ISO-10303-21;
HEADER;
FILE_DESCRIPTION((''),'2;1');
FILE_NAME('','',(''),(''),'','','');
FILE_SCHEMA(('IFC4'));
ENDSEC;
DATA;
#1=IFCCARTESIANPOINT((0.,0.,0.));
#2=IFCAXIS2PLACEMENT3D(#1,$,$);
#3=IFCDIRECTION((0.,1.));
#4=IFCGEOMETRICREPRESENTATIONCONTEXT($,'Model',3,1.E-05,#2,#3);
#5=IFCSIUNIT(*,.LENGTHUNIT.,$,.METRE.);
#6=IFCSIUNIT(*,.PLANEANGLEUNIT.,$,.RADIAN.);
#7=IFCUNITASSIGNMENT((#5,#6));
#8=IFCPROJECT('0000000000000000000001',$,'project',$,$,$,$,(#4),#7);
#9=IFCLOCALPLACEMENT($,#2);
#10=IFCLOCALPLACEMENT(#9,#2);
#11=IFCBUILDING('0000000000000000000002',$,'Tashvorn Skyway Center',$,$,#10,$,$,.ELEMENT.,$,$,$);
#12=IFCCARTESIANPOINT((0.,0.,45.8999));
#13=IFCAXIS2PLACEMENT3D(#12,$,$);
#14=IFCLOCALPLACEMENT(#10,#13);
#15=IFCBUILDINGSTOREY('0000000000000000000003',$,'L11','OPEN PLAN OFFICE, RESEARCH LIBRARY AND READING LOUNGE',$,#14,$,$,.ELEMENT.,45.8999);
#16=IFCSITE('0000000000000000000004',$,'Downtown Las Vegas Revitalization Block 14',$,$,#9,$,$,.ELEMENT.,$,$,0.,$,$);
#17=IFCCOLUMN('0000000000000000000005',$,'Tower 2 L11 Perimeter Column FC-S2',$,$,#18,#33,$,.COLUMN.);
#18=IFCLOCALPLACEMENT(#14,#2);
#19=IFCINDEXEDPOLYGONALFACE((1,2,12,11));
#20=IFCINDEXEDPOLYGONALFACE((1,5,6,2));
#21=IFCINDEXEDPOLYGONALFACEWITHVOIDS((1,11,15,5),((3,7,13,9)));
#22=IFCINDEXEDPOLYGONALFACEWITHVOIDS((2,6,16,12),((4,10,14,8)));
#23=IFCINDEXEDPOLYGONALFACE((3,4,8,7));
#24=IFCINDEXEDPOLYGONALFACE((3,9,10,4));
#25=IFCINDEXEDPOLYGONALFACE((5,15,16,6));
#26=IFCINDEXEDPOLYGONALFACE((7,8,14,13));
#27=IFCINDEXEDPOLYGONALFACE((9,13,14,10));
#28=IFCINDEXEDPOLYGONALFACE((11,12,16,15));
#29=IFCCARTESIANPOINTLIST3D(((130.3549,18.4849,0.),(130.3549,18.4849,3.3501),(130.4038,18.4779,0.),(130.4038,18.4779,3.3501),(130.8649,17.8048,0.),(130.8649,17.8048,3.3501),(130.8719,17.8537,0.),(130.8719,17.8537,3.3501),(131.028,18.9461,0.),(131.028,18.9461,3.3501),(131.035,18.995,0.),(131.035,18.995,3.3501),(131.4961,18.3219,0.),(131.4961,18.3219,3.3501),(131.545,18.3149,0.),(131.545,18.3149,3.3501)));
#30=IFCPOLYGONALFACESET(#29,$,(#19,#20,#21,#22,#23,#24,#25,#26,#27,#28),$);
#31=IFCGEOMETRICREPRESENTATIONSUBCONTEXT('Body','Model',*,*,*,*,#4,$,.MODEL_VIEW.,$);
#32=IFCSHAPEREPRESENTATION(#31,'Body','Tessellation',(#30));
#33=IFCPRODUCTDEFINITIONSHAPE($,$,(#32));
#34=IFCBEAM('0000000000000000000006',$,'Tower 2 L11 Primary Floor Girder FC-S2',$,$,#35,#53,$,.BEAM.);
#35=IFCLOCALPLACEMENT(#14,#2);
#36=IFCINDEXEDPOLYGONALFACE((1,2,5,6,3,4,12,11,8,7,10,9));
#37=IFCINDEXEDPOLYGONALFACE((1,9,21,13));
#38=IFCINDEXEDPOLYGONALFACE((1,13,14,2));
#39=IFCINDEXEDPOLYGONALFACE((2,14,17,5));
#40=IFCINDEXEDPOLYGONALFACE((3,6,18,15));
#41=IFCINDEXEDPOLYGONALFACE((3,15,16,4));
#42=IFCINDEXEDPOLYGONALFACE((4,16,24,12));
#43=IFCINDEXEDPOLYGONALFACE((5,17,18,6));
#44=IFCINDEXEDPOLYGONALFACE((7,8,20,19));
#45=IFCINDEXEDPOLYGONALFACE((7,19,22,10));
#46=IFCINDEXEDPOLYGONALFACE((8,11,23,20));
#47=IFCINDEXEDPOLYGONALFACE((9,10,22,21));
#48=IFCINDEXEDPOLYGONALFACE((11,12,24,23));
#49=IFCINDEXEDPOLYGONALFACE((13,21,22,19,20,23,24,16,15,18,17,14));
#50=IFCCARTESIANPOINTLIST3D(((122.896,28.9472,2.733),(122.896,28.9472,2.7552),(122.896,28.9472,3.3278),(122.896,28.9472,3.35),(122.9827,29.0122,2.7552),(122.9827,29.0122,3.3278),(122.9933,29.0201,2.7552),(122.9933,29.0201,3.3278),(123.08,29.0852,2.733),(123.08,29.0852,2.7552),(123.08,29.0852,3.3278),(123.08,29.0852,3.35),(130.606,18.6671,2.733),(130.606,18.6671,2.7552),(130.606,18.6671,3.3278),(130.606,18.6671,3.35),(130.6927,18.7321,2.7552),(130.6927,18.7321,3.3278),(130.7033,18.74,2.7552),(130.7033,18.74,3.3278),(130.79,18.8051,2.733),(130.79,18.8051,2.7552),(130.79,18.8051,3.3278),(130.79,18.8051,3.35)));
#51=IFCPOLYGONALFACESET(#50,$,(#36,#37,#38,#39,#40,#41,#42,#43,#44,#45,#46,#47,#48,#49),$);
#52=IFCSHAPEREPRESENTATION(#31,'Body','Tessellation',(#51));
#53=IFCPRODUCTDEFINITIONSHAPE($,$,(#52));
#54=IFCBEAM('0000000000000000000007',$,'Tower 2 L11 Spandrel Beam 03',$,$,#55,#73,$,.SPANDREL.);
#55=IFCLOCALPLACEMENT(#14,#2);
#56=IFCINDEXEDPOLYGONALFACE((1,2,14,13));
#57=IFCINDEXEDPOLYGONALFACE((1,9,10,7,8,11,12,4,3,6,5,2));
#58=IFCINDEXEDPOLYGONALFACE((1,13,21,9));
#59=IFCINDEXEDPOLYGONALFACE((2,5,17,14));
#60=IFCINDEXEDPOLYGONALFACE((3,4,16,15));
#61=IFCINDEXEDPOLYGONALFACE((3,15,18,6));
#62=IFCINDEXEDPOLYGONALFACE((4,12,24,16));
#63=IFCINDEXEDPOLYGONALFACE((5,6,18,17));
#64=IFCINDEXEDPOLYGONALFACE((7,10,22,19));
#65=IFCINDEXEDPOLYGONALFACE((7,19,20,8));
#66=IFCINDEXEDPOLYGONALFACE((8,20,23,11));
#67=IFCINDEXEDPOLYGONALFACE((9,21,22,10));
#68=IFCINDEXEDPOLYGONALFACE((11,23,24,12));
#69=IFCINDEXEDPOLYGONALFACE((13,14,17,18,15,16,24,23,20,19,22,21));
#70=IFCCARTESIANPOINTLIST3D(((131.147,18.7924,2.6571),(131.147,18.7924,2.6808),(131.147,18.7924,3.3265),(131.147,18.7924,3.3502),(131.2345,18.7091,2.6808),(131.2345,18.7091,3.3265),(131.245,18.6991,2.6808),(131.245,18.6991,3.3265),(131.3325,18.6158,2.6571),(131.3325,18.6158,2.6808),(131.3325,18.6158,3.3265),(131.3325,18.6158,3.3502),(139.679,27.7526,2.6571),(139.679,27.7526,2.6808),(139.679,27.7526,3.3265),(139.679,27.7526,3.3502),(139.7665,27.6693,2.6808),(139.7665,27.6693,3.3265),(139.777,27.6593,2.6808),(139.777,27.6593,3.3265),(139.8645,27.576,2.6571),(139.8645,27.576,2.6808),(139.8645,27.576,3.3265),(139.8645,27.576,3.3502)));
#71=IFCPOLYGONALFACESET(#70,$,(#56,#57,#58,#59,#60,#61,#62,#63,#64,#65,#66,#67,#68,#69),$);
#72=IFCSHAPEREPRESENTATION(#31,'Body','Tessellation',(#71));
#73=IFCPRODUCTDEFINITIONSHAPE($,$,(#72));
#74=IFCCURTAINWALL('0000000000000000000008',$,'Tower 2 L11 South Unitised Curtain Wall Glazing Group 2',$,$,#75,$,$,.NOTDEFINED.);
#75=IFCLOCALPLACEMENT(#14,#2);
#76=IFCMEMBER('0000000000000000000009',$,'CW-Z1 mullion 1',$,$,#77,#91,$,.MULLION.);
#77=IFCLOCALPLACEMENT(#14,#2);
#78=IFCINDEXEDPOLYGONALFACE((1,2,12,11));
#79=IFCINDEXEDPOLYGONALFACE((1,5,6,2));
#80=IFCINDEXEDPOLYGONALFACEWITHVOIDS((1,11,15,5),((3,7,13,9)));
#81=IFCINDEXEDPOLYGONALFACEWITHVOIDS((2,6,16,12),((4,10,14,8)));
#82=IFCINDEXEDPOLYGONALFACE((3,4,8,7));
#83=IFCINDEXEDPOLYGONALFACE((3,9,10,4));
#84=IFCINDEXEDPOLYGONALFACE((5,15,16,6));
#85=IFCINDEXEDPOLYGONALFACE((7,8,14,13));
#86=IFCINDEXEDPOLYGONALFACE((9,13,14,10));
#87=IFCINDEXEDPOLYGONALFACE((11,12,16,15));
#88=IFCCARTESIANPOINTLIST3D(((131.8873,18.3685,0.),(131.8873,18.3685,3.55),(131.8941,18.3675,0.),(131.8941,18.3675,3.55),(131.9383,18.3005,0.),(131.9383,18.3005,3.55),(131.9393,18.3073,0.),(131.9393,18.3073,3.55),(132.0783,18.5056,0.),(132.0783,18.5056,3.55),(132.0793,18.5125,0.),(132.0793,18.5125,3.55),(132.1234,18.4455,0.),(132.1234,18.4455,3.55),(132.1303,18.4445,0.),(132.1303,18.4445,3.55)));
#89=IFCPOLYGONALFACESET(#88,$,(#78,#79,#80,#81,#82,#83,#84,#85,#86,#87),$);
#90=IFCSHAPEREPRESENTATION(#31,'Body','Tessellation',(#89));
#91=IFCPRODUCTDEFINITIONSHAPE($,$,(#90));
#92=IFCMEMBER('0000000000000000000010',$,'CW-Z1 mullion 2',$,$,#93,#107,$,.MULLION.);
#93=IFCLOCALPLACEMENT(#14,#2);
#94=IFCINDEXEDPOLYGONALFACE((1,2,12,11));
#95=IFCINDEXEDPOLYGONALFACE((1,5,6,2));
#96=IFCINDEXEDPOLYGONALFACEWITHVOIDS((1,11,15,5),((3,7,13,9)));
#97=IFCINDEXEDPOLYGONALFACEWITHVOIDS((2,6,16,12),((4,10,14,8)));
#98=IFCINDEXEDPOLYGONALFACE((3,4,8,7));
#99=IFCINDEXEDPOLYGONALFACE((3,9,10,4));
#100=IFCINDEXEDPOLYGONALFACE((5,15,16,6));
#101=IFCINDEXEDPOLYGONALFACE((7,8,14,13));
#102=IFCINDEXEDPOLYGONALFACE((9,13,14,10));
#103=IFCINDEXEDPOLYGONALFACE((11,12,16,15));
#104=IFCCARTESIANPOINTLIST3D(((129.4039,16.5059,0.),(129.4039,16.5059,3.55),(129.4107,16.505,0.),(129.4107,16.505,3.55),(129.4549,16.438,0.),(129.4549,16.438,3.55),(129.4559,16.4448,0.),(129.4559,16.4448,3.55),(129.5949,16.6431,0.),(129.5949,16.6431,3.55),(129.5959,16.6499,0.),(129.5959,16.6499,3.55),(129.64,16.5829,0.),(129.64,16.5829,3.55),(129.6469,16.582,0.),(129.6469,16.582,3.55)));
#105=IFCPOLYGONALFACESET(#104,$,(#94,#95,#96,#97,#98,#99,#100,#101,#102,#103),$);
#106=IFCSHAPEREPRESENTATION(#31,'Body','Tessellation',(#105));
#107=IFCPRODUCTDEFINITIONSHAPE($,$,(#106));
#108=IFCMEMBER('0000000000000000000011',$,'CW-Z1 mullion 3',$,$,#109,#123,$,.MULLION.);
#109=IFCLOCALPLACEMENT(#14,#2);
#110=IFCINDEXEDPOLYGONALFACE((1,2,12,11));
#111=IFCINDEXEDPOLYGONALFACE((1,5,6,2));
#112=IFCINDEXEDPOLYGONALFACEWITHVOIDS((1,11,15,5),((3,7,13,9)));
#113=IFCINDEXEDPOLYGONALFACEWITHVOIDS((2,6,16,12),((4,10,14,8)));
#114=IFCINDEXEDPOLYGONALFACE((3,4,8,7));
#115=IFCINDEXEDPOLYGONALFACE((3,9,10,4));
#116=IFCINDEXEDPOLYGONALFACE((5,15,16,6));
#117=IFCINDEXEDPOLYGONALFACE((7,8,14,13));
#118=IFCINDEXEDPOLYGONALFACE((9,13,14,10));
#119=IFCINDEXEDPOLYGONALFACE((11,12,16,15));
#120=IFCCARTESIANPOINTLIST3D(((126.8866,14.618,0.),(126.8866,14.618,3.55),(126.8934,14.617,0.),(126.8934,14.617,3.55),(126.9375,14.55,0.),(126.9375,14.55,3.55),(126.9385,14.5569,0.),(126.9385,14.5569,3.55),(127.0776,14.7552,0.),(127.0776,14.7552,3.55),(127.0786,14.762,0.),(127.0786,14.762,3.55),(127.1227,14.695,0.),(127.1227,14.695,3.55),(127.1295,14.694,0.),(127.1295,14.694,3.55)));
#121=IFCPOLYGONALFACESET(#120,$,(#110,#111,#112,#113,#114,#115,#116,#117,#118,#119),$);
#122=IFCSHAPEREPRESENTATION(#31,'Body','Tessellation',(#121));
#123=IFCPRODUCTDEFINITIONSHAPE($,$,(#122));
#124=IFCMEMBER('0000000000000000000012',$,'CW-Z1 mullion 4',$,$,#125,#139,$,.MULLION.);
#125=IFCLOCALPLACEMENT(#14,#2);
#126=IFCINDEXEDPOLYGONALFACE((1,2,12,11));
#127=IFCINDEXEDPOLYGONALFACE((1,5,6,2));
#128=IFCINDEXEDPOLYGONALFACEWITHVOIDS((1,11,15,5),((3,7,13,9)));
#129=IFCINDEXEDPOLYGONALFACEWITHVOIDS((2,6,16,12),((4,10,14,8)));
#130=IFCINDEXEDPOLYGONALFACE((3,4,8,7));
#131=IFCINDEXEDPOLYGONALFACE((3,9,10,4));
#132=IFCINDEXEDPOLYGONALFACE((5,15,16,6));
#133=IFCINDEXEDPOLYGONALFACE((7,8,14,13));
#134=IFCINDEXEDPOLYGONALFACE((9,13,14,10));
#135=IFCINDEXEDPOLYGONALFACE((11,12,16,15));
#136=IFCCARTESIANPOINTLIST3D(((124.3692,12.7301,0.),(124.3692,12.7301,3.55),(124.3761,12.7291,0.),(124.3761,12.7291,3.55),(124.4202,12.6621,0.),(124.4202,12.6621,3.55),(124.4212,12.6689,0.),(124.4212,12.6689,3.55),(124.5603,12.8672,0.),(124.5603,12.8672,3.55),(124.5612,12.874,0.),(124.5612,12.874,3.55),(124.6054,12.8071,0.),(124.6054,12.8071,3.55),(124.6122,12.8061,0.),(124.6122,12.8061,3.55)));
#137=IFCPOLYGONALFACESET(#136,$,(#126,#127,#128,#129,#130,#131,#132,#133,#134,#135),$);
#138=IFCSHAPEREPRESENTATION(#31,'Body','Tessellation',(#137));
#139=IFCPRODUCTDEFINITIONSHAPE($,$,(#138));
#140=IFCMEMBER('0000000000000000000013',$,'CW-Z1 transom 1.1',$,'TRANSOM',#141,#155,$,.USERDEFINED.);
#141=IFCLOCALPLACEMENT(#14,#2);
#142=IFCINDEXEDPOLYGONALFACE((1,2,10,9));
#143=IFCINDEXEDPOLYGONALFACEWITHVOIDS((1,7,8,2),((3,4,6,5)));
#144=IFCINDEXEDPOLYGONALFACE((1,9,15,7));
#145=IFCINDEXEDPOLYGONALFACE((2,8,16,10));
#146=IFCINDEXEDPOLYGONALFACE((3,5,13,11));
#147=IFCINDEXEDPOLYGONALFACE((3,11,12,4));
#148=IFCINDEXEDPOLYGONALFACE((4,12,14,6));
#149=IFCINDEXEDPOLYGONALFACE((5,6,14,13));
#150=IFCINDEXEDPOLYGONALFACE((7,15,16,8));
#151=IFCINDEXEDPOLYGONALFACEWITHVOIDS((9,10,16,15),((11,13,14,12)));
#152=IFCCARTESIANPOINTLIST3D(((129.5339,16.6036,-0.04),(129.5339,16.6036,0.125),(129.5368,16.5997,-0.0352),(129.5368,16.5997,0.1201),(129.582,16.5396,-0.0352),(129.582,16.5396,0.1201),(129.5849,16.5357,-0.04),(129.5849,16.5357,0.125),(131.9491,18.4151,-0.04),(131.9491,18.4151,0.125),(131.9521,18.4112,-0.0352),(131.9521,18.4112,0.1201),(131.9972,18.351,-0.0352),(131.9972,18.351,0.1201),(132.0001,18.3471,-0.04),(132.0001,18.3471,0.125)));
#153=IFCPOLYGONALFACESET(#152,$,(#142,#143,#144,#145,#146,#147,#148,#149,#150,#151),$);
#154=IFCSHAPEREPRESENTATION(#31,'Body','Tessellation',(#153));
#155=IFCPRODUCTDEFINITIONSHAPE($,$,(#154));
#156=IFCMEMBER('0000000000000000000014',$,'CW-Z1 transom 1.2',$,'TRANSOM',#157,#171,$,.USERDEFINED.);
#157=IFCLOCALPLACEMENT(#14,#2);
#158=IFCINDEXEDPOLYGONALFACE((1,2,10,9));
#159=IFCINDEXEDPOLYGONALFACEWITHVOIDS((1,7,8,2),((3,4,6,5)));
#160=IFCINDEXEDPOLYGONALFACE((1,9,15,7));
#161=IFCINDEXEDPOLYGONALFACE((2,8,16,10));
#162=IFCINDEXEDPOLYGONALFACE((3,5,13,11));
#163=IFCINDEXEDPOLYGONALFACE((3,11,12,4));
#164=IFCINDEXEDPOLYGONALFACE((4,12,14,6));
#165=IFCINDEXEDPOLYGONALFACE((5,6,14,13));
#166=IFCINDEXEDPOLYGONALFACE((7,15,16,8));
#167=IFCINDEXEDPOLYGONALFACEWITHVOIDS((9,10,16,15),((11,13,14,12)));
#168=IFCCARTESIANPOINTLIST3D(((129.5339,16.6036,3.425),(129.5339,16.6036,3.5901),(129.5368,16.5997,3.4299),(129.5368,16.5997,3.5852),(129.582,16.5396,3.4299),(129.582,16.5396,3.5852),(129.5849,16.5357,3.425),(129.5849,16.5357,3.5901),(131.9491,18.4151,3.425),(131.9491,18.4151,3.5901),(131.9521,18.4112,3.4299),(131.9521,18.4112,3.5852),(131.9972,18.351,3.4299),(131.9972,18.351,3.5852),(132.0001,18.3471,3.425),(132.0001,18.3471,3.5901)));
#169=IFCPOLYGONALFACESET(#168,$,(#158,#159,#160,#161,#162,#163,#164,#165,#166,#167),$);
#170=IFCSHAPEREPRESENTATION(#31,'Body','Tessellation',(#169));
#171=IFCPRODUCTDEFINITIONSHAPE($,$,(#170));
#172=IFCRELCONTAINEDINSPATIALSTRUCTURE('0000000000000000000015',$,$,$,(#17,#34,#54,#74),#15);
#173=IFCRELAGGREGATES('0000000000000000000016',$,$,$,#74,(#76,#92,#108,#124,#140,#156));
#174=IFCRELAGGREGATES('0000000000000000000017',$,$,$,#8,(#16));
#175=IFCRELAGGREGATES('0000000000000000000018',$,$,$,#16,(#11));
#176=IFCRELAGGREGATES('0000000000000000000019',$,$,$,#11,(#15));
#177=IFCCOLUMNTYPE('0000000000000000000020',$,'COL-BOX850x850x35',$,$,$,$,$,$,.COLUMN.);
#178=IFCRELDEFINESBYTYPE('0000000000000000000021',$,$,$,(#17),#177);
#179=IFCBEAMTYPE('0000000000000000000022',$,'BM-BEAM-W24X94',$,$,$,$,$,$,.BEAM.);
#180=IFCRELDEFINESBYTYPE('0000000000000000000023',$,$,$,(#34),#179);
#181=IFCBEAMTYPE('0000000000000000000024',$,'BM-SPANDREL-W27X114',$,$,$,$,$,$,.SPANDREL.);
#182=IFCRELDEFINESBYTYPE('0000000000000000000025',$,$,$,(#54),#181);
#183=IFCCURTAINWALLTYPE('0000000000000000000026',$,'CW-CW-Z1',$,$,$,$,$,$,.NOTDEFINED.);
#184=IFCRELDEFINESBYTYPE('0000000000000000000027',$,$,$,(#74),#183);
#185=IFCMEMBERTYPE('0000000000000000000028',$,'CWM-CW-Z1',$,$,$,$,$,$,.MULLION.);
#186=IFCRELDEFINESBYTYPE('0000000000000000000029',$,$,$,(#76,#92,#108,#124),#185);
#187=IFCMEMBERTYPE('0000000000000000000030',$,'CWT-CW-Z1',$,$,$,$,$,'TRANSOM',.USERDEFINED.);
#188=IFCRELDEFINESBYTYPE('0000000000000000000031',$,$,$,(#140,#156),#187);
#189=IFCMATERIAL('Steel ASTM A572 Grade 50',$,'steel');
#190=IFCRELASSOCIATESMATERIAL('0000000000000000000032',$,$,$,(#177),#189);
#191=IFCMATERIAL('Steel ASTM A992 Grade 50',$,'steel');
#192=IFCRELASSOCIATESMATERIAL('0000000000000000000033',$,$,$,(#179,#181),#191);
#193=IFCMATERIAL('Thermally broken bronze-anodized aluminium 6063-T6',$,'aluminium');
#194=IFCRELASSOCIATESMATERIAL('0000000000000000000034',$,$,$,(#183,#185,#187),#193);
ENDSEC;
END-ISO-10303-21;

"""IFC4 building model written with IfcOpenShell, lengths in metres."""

from ifc_helpers import new_model, si_unit, direction, frame, origin, origin_2d, place, context, subcontext, project, spatial, hollow_rectangle, i_section, extrude, material, material_profile, profile_set, type_object, element, aggregate, save


model = new_model("IFC4")

# Units and contexts
model_context = context("Model", 3, precision=1e-05, world=origin(), true_north=direction((0.0, 1.0)))
body_context = subcontext(model_context, "Body", "Model", "MODEL_VIEW")
ifc_project = project(units=[si_unit("LENGTHUNIT", "METRE"), si_unit("PLANEANGLEUNIT", "RADIAN")], contexts=[model_context])

# Site, building, storey
site_placement = place(None, origin())
site = spatial("IfcSite", under=ifc_project, at=site_placement, Name="Downtown Las Vegas Revitalization Block 14", CompositionType="ELEMENT", RefElevation=0.0)
building_placement = place(site_placement, origin())
building = spatial("IfcBuilding", under=site, at=building_placement, Name="Tashvorn Skyway Center", CompositionType="ELEMENT")
storey_placement = place(building_placement, frame((0.0, 0.0, 45.8999)))
storey = spatial("IfcBuildingStorey", under=building, at=storey_placement, Name="L11", Description="OPEN PLAN OFFICE, RESEARCH LIBRARY AND READING LOUNGE", CompositionType="ELEMENT", Elevation=45.8999)

# Column
ifc_material_1 = material(Name="Steel ASTM A572 Grade 50", Category="steel")
ifc_material_profile_1 = material_profile(ifc_material_1, hollow_rectangle(XDim=0.8501, YDim=0.8501, WallThickness=0.0349, at=origin_2d()), Name="BOX850x850x35")
ifc_profile_set_1 = profile_set([ifc_material_profile_1], Name="Steel ASTM A572 Grade 50")
column_type = type_object("IfcColumnType", Name="COL-BOX850x850x35", PredefinedType="COLUMN", material=ifc_profile_set_1)
column_placement = place(storey_placement, frame((130.95, 18.3999, 0.0), z_axis=(0.0, 0.0, 1.0), x_axis=(0.8, 0.6, 0.0)))
element("IfcColumn", 1, at=column_placement, inside=storey, type_object=column_type, Name="Tower 2 L11 Perimeter Column FC-S2", PredefinedType="COLUMN", context=body_context, shape_type="SweptSolid", body=[
    extrude(hollow_rectangle(XDim=0.8501, YDim=0.8501, WallThickness=0.0349, at=origin_2d()), origin(), (0.0, 0.0, 1.0), 3.3501),
])

# Beams
ifc_material_2 = material(Name="Steel ASTM A992 Grade 50", Category="steel")
ifc_material_profile_2 = material_profile(ifc_material_2, i_section(OverallWidth=0.23, OverallDepth=0.6169, WebThickness=0.0132, FlangeThickness=0.0222, at=origin_2d()), Name="W24X94")
ifc_profile_set_2 = profile_set([ifc_material_profile_2], Name="Steel ASTM A992 Grade 50")
beam_type_1 = type_object("IfcBeamType", Name="BM-BEAM-W24X94", PredefinedType="BEAM", material=ifc_profile_set_2)
beam_1_placement = place(storey_placement, frame((130.698, 18.7361, 3.0415), z_axis=(-0.599997, 0.800002, 0.0), x_axis=(-0.800002, -0.599997, 0.0)))
element("IfcBeam", 2, at=beam_1_placement, inside=storey, type_object=beam_type_1, Name="Tower 2 L11 Primary Floor Girder FC-S2", PredefinedType="BEAM", context=body_context, shape_type="SweptSolid", body=[
    extrude(i_section(OverallWidth=0.23, OverallDepth=0.6169, WebThickness=0.0132, FlangeThickness=0.0222, at=origin_2d()), origin(), (0.0, 0.0, 1.0), 12.8501),
])
ifc_material_profile_3 = material_profile(ifc_material_2, i_section(OverallWidth=0.2561, OverallDepth=0.6931, WebThickness=0.0144, FlangeThickness=0.0237, at=origin_2d()), Name="W27X114")
ifc_profile_set_3 = profile_set([ifc_material_profile_3], Name="Steel ASTM A992 Grade 50")
beam_type_2 = type_object("IfcBeamType", Name="BM-SPANDREL-W27X114", PredefinedType="SPANDREL", material=ifc_profile_set_3)
beam_2_placement = place(storey_placement, frame((131.2397, 18.7041, 3.0037), z_axis=(0.68959, 0.7242, 0.0), x_axis=(-0.7242, 0.68959, 0.0)))
element("IfcBeam", 3, at=beam_2_placement, inside=storey, type_object=beam_type_2, Name="Tower 2 L11 Spandrel Beam 03", PredefinedType="SPANDREL", context=body_context, shape_type="SweptSolid", body=[
    extrude(i_section(OverallWidth=0.2561, OverallDepth=0.6931, WebThickness=0.0144, FlangeThickness=0.0237, at=origin_2d()), origin(), (0.0, 0.0, 1.0), 12.3726),
])

# Curtain wall, members
ifc_material_3 = material(Name="Thermally broken bronze-anodized aluminium 6063-T6", Category="aluminium")
curtain_wall_type = type_object("IfcCurtainWallType", Name="CW-CW-Z1", PredefinedType="NOTDEFINED", material=ifc_material_3)
curtain_wall_placement = place(storey_placement, origin())
curtain_wall = element("IfcCurtainWall", 4, at=curtain_wall_placement, inside=storey, type_object=curtain_wall_type, Name="Tower 2 L11 South Unitised Curtain Wall Glazing Group 2", PredefinedType="NOTDEFINED")
ifc_material_profile_4 = material_profile(ifc_material_3, hollow_rectangle(XDim=0.085, YDim=0.24, WallThickness=0.0049, at=origin_2d()), Name="ALU-MULL-85x240")
ifc_profile_set_4 = profile_set([ifc_material_profile_4], Name="Thermally broken bronze-anodized aluminium 6063-T6")
member_type_1 = type_object("IfcMemberType", Name="CWM-CW-Z1", PredefinedType="MULLION", material=ifc_profile_set_4)
member_1_placement = place(storey_placement, frame((132.0088, 18.4065, 0.0), z_axis=(0.0, 0.0, 1.0), x_axis=(0.599997, -0.800002, 0.0)))
member_1 = element("IfcMember", 5, at=member_1_placement, type_object=member_type_1, Name="CW-Z1 mullion 1", PredefinedType="MULLION", context=body_context, shape_type="SweptSolid", body=[
    extrude(hollow_rectangle(XDim=0.085, YDim=0.24, WallThickness=0.0049, at=origin_2d()), origin(), (0.0, 0.0, 1.0), 3.55),
])
member_2_placement = place(storey_placement, frame((129.5254, 16.5439, 0.0), z_axis=(0.0, 0.0, 1.0), x_axis=(0.599997, -0.800002, 0.0)))
member_2 = element("IfcMember", 6, at=member_2_placement, type_object=member_type_1, Name="CW-Z1 mullion 2", PredefinedType="MULLION", context=body_context, shape_type="SweptSolid", body=[
    extrude(hollow_rectangle(XDim=0.085, YDim=0.24, WallThickness=0.0049, at=origin_2d()), origin(), (0.0, 0.0, 1.0), 3.55),
])
member_3_placement = place(storey_placement, frame((127.0081, 14.656, 0.0), z_axis=(0.0, 0.0, 1.0), x_axis=(0.599997, -0.800002, 0.0)))
member_3 = element("IfcMember", 7, at=member_3_placement, type_object=member_type_1, Name="CW-Z1 mullion 3", PredefinedType="MULLION", context=body_context, shape_type="SweptSolid", body=[
    extrude(hollow_rectangle(XDim=0.085, YDim=0.24, WallThickness=0.0049, at=origin_2d()), origin(), (0.0, 0.0, 1.0), 3.55),
])
member_4_placement = place(storey_placement, frame((124.4907, 12.7681, 0.0), z_axis=(0.0, 0.0, 1.0), x_axis=(0.599997, -0.800002, 0.0)))
member_4 = element("IfcMember", 8, at=member_4_placement, type_object=member_type_1, Name="CW-Z1 mullion 4", PredefinedType="MULLION", context=body_context, shape_type="SweptSolid", body=[
    extrude(hollow_rectangle(XDim=0.085, YDim=0.24, WallThickness=0.0049, at=origin_2d()), origin(), (0.0, 0.0, 1.0), 3.55),
])
ifc_material_profile_5 = material_profile(ifc_material_3, hollow_rectangle(XDim=0.085, YDim=0.165, WallThickness=0.0049, at=origin_2d()), Name="ALU-TRAN-85x165")
ifc_profile_set_5 = profile_set([ifc_material_profile_5], Name="Thermally broken bronze-anodized aluminium 6063-T6")
member_type_2 = type_object("IfcMemberType", Name="CWT-CW-Z1", ElementType="TRANSOM", PredefinedType="USERDEFINED", material=ifc_profile_set_5)
member_5_placement = place(storey_placement, frame((131.9746, 18.3811, 0.0425), z_axis=(-0.79999, -0.600013, 0.0), x_axis=(0.600013, -0.79999, 0.0)))
member_5 = element("IfcMember", 9, at=member_5_placement, type_object=member_type_2, Name="CW-Z1 transom 1.1", ObjectType="TRANSOM", PredefinedType="USERDEFINED", context=body_context, shape_type="SweptSolid", body=[
    extrude(hollow_rectangle(XDim=0.085, YDim=0.165, WallThickness=0.0049, at=origin_2d()), origin(), (0.0, 0.0, 1.0), 3.019),
])
member_6_placement = place(storey_placement, frame((131.9746, 18.3811, 3.5076), z_axis=(-0.79999, -0.600013, 0.0), x_axis=(0.600013, -0.79999, 0.0)))
member_6 = element("IfcMember", 10, at=member_6_placement, type_object=member_type_2, Name="CW-Z1 transom 1.2", ObjectType="TRANSOM", PredefinedType="USERDEFINED", context=body_context, shape_type="SweptSolid", body=[
    extrude(hollow_rectangle(XDim=0.085, YDim=0.165, WallThickness=0.0049, at=origin_2d()), origin(), (0.0, 0.0, 1.0), 3.019),
])
aggregate(curtain_wall, [member_1, member_2, member_3, member_4, member_5, member_6])

save(model, "model.ifc")
